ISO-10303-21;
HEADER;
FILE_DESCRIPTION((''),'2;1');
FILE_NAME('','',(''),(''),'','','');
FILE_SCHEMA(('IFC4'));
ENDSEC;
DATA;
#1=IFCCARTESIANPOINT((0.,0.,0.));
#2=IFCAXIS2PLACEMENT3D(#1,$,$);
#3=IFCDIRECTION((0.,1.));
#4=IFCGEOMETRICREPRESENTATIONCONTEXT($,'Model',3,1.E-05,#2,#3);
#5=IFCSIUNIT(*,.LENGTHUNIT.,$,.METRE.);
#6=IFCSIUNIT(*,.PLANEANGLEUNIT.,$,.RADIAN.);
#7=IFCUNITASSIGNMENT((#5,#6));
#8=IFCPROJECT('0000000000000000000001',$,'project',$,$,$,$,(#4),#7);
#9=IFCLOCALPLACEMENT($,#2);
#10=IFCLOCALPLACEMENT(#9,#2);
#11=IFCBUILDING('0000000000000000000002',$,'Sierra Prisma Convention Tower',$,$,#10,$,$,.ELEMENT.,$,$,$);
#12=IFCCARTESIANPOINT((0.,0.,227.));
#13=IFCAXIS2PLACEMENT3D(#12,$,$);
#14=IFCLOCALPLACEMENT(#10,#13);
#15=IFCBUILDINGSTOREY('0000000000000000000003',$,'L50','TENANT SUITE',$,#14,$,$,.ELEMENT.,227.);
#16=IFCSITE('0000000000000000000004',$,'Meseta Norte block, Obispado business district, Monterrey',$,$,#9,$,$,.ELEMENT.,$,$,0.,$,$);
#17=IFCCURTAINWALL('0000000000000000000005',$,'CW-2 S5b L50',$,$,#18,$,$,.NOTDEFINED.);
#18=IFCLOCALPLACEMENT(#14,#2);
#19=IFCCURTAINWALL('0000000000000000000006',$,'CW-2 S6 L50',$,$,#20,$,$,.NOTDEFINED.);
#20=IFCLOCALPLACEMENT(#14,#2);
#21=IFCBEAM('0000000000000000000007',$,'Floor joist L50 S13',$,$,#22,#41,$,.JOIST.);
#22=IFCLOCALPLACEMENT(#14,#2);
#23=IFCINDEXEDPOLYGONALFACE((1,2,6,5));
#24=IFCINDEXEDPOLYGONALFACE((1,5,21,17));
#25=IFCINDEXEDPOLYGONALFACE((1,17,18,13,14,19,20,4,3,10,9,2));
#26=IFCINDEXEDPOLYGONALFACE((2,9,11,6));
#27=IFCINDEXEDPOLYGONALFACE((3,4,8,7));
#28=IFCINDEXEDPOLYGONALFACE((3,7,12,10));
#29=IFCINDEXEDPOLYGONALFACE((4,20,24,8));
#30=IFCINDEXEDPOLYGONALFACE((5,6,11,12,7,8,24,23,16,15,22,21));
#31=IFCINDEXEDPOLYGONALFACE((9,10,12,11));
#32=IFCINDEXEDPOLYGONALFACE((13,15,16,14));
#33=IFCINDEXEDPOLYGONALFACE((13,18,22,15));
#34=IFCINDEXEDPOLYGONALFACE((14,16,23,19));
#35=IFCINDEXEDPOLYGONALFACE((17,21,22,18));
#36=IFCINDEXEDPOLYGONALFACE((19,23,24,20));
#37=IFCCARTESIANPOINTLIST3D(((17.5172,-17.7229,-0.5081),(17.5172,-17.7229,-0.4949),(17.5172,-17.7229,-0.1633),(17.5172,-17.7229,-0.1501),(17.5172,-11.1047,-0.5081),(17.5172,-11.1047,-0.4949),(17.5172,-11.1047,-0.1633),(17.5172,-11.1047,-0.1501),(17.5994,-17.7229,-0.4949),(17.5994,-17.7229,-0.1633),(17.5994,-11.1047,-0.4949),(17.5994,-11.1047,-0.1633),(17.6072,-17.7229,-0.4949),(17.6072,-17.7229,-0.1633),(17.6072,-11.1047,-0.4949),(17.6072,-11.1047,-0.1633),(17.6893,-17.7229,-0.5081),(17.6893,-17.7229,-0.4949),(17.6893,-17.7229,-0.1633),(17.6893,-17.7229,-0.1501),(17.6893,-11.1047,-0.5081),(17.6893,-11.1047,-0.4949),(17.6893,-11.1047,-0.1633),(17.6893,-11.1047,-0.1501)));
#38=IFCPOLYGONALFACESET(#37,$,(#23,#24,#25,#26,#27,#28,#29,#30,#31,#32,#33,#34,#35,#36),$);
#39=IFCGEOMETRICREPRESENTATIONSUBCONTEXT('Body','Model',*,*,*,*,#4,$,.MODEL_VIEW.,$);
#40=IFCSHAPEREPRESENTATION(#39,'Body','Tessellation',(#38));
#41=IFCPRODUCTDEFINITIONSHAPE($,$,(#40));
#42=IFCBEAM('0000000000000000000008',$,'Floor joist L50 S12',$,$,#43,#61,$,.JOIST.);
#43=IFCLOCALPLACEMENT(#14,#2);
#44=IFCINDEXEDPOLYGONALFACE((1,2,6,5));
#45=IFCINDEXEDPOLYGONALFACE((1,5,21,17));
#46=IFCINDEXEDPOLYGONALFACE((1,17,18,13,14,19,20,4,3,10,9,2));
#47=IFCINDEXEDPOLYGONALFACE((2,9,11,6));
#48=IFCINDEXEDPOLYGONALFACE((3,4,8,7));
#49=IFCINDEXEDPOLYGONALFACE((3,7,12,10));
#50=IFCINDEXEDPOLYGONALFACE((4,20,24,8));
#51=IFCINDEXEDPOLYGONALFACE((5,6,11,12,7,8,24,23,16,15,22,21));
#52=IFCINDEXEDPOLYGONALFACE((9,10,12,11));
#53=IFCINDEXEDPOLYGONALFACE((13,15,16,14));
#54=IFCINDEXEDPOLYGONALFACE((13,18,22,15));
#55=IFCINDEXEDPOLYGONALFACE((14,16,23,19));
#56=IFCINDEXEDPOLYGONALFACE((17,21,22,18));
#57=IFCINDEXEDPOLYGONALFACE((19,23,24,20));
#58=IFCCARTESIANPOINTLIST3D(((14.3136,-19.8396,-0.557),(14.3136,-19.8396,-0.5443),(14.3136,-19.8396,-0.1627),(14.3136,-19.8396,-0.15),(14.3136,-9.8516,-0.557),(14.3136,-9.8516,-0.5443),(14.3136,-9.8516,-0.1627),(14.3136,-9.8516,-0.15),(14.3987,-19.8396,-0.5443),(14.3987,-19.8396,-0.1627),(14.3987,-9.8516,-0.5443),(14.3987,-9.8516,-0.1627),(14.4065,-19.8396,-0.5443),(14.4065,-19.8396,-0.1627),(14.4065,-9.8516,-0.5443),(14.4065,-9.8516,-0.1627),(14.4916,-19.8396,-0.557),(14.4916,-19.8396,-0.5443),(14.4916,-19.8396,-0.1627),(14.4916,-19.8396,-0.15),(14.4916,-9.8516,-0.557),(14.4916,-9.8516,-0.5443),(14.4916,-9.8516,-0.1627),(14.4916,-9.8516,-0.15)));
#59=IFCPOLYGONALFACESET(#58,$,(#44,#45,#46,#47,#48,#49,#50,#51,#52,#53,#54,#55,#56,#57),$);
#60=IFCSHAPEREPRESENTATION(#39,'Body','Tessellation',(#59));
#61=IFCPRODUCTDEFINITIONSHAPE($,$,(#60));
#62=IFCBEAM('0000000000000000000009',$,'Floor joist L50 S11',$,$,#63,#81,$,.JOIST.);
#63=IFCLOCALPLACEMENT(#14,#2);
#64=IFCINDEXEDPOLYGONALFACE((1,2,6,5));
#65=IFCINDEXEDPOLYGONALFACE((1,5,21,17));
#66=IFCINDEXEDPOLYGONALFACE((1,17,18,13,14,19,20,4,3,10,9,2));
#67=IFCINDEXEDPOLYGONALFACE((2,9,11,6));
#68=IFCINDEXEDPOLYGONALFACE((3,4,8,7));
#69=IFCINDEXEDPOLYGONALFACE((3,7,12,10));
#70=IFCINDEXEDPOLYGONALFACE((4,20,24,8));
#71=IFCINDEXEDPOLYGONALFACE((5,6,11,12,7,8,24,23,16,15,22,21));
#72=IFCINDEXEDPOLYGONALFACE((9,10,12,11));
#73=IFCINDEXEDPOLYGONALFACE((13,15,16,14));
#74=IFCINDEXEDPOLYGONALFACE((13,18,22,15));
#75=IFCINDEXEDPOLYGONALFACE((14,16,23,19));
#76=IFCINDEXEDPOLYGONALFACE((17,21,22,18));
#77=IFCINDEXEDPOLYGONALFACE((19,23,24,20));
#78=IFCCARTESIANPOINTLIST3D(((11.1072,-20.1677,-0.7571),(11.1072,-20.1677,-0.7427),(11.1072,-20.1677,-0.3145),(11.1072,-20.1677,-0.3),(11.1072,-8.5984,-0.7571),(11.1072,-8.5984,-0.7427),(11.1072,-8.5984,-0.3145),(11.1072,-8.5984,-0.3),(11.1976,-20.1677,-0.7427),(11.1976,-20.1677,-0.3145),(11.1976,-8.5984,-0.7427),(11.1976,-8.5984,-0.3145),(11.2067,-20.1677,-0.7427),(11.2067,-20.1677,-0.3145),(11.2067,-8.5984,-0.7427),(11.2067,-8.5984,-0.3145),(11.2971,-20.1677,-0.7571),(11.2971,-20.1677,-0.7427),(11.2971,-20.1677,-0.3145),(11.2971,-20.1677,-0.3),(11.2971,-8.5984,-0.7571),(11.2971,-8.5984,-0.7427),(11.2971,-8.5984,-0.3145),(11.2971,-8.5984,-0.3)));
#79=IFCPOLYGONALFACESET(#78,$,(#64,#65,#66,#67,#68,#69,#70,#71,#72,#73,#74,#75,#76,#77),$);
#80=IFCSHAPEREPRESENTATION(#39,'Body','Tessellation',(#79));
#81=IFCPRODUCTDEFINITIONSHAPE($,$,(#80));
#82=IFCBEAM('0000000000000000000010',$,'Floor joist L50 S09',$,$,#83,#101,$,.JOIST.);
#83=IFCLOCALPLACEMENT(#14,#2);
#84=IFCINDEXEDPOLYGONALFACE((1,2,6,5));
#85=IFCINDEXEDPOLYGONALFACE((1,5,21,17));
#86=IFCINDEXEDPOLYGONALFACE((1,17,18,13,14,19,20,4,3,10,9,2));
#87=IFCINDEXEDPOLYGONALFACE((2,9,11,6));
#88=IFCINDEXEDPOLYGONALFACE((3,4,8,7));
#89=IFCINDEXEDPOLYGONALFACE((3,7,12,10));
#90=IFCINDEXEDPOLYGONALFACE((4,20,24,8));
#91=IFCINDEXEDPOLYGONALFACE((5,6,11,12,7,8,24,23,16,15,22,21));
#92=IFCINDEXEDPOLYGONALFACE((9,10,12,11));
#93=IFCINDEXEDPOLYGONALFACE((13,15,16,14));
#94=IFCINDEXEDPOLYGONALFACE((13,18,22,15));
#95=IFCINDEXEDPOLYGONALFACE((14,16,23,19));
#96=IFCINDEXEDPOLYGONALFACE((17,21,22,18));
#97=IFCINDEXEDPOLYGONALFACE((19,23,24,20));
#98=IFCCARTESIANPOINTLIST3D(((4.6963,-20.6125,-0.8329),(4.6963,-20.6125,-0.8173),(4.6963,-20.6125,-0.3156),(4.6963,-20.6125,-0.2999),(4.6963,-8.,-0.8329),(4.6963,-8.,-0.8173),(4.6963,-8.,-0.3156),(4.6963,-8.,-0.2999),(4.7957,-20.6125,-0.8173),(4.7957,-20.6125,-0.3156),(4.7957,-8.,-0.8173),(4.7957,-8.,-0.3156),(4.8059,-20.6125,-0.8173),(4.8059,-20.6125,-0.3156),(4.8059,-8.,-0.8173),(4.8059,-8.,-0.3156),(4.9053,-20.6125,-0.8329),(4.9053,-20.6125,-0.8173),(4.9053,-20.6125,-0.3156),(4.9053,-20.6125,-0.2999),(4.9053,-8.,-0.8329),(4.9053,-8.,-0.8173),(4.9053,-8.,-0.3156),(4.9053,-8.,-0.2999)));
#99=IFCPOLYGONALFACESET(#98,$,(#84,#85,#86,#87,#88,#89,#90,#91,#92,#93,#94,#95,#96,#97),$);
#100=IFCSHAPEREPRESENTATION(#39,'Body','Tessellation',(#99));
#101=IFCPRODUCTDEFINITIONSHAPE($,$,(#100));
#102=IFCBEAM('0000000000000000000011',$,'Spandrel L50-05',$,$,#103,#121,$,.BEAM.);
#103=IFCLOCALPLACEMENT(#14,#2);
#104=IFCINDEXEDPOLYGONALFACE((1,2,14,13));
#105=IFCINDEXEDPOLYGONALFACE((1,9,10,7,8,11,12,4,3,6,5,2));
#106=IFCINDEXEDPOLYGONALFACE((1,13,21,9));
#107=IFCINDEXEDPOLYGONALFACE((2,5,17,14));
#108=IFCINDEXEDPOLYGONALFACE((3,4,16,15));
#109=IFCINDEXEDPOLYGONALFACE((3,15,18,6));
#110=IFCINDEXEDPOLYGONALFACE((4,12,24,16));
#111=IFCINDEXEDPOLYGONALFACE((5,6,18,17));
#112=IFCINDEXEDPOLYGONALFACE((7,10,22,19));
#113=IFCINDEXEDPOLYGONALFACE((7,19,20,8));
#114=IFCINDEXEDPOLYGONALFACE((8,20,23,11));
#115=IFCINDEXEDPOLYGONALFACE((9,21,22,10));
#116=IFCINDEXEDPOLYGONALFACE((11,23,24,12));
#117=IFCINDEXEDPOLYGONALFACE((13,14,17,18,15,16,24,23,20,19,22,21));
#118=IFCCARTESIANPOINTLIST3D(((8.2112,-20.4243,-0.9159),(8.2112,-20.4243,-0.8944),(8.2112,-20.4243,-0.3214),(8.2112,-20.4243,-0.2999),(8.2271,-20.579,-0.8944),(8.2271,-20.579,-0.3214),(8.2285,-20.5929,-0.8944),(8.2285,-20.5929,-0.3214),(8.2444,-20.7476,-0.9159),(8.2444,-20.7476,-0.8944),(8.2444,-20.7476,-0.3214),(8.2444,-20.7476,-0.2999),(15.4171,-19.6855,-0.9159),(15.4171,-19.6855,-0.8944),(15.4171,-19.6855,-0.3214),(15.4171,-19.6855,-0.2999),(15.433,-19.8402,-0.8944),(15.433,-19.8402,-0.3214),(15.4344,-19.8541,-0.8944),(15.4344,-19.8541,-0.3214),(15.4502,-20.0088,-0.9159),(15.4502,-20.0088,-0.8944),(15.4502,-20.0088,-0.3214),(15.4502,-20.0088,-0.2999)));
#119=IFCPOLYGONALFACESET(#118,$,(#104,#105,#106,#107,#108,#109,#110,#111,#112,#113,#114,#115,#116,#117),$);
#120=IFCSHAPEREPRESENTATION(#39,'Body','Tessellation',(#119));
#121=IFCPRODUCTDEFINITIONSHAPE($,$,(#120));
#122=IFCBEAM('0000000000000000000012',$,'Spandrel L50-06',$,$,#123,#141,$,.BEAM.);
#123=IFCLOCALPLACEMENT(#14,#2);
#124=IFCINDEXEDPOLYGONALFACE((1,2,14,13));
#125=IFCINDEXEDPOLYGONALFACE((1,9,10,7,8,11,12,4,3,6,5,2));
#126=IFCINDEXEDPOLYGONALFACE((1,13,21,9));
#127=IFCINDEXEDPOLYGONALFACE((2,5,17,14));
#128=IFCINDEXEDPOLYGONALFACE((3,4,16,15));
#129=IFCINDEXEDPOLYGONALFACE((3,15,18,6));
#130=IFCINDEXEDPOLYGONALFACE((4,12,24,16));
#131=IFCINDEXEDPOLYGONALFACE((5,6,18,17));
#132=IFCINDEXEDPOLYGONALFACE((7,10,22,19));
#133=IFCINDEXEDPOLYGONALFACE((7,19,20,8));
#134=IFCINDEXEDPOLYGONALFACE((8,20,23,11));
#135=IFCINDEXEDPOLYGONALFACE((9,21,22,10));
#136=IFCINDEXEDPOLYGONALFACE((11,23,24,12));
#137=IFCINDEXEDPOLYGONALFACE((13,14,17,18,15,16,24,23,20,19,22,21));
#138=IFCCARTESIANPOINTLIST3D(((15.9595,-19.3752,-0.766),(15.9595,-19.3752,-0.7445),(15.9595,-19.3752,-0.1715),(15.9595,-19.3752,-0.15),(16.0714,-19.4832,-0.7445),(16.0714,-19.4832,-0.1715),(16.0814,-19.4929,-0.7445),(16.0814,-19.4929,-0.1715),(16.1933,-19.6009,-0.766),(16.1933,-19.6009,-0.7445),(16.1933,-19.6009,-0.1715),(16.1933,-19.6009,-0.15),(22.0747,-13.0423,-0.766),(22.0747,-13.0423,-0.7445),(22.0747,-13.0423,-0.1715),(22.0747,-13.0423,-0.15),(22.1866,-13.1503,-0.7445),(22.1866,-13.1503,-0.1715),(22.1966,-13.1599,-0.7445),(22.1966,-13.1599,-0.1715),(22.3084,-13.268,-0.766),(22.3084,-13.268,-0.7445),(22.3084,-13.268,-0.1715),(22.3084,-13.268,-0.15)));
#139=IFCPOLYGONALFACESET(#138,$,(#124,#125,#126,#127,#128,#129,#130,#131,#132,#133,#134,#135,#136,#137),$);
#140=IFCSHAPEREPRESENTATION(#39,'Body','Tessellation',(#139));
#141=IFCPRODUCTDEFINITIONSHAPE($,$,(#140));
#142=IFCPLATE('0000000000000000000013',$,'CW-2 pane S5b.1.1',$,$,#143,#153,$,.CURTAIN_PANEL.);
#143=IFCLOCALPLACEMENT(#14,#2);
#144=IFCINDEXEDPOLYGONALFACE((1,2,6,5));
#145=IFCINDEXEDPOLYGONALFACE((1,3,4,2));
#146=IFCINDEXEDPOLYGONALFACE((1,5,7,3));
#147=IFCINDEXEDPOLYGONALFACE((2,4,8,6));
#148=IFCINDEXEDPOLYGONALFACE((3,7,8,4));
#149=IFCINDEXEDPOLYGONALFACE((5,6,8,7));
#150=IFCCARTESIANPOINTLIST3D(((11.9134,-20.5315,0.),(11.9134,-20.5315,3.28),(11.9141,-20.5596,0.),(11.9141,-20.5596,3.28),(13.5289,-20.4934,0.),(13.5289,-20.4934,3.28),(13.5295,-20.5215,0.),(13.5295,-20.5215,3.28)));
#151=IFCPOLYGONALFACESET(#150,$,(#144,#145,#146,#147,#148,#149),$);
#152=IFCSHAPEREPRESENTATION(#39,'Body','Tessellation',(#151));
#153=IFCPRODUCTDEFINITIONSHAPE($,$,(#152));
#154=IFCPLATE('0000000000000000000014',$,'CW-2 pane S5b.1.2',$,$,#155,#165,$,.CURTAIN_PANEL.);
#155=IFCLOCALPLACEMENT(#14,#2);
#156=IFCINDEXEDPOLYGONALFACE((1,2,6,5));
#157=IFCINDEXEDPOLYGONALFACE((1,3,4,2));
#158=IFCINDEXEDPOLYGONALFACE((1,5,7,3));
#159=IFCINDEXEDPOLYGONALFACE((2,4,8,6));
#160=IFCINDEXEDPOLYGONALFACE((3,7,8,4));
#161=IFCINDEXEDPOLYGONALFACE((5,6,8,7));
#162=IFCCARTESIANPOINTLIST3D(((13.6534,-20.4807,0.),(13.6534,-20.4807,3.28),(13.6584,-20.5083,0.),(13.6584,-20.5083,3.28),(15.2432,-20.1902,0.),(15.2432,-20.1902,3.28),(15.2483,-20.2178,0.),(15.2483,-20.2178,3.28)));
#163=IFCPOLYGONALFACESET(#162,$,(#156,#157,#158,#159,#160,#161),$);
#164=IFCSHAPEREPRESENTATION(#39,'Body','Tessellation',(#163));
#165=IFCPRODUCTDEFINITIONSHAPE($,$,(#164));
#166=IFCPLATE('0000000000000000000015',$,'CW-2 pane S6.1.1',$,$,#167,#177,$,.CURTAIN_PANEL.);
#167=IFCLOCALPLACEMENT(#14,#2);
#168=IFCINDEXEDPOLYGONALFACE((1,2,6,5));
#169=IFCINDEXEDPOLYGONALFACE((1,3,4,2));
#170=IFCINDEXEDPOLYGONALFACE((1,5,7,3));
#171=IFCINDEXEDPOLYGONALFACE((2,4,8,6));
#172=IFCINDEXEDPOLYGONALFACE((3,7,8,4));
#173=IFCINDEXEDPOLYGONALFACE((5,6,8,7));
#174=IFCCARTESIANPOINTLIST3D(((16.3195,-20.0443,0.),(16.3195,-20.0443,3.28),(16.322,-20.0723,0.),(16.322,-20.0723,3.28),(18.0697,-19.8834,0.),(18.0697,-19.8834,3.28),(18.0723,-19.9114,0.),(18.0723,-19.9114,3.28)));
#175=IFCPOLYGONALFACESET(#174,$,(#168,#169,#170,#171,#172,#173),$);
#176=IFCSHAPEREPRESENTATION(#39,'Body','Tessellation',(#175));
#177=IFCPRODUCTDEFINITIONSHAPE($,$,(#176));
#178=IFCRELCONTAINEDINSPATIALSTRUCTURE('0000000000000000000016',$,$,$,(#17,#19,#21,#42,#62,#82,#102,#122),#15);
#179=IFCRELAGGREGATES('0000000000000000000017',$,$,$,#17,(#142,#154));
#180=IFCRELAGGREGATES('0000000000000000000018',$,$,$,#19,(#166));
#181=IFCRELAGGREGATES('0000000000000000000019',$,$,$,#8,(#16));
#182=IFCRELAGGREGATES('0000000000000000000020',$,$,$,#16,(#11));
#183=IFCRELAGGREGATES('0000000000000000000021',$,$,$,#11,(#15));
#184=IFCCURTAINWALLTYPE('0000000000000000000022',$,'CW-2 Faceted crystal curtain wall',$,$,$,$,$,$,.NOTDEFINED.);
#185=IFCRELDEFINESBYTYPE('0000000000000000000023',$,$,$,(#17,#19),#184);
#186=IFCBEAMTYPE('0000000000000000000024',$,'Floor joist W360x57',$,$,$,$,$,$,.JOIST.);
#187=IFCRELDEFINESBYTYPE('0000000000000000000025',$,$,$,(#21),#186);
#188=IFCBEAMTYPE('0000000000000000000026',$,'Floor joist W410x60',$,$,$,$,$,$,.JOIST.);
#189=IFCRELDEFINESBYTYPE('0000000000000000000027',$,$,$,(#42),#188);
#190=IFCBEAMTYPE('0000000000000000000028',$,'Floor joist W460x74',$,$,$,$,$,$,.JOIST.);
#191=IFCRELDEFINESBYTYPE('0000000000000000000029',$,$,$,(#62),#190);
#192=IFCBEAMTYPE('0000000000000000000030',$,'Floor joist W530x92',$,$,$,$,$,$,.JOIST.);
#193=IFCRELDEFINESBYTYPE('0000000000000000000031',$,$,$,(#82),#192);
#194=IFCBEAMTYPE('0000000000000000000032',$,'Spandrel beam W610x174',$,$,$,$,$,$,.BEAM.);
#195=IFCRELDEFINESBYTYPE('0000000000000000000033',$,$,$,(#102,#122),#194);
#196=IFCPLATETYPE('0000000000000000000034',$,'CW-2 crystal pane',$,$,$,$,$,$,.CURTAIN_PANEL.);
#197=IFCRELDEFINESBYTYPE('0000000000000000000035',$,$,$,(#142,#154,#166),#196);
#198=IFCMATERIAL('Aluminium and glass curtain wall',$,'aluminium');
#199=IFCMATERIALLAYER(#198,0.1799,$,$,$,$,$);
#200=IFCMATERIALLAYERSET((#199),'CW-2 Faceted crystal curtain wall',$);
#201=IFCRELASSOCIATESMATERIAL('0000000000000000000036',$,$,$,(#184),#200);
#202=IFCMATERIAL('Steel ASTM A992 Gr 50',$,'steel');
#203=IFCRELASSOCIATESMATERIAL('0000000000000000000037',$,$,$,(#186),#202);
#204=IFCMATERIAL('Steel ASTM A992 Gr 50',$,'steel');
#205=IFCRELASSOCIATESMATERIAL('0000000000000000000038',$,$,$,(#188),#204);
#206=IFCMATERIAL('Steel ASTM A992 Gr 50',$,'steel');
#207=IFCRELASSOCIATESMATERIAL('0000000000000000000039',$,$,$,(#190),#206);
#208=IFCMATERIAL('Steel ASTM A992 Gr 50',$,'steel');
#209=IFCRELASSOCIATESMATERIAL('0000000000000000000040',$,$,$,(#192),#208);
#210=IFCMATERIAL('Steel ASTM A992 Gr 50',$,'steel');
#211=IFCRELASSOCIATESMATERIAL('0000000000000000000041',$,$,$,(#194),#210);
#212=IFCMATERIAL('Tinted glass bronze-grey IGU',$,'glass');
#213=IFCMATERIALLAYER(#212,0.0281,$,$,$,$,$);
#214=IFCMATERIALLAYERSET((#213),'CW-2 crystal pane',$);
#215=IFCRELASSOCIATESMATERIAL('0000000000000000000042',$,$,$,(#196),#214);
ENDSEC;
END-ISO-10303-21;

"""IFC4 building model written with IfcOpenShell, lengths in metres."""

from ifc_helpers import new_model, si_unit, direction, frame, origin, origin_2d, place, context, subcontext, project, spatial, polyline, i_section, outline, extrude, material, layer, layer_set, material_profile, profile_set, type_object, element, aggregate, save


model = new_model("IFC4")

# Units and contexts
model_context = context("Model", 3, precision=1e-05, world=origin(), true_north=direction((0.0, 1.0)))
body_context = subcontext(model_context, "Body", "Model", "MODEL_VIEW")
ifc_project = project(units=[si_unit("LENGTHUNIT", "METRE"), si_unit("PLANEANGLEUNIT", "RADIAN")], contexts=[model_context])

# Site, building, storey
site_placement = place(None, origin())
site = spatial("IfcSite", under=ifc_project, at=site_placement, Name="Meseta Norte block, Obispado business district, Monterrey", CompositionType="ELEMENT", RefElevation=0.0)
building_placement = place(site_placement, origin())
building = spatial("IfcBuilding", under=site, at=building_placement, Name="Sierra Prisma Convention Tower", CompositionType="ELEMENT")
storey_placement = place(building_placement, frame((0.0, 0.0, 227.0)))
storey = spatial("IfcBuildingStorey", under=building, at=storey_placement, Name="L50", Description="TENANT SUITE", CompositionType="ELEMENT", Elevation=227.0)

# Curtain wall
ifc_material_1 = material(Name="Aluminium and glass curtain wall", Category="aluminium")
ifc_layer_1 = layer(ifc_material_1, 0.1799)
ifc_layer_set_1 = layer_set([ifc_layer_1], Name="CW-2 Faceted crystal curtain wall")
curtain_wall_type_1 = type_object("IfcCurtainWallType", Name="CW-2 Faceted crystal curtain wall", PredefinedType="NOTDEFINED", material=ifc_layer_set_1)
curtain_wall_1_placement = place(storey_placement, origin())
curtain_wall_1 = element("IfcCurtainWall", 1, at=curtain_wall_1_placement, inside=storey, type_object=curtain_wall_type_1, Name="CW-2 S5b L50", PredefinedType="NOTDEFINED")

# Curtain wall
curtain_wall_2_placement = place(storey_placement, origin())
curtain_wall_2 = element("IfcCurtainWall", 2, at=curtain_wall_2_placement, inside=storey, type_object=curtain_wall_type_1, Name="CW-2 S6 L50", PredefinedType="NOTDEFINED")

# Beams
ifc_material_2 = material(Name="Steel ASTM A992 Gr 50", Category="steel")
ifc_material_profile_1 = material_profile(ifc_material_2, i_section(OverallWidth=0.1721, OverallDepth=0.3579, WebThickness=0.0078, FlangeThickness=0.0132, at=origin_2d()), Name="W360x57")
ifc_profile_set_1 = profile_set([ifc_material_profile_1], Name="Steel ASTM A992 Gr 50")
beam_type_1 = type_object("IfcBeamType", Name="Floor joist W360x57", PredefinedType="JOIST", material=ifc_profile_set_1)
beam_1_placement = place(storey_placement, frame((17.6033, -17.7229, -0.3291), z_axis=(0.0, 1.0, 0.0), x_axis=(-1.0, 0.0, 0.0)))
element("IfcBeam", 3, at=beam_1_placement, inside=storey, type_object=beam_type_1, Name="Floor joist L50 S13", PredefinedType="JOIST", context=body_context, shape_type="SweptSolid", body=[
    extrude(i_section(OverallWidth=0.1721, OverallDepth=0.3579, WebThickness=0.0078, FlangeThickness=0.0132, at=origin_2d()), origin(), (0.0, 0.0, 1.0), 6.6182),
])
ifc_material_3 = material(Name="Steel ASTM A992 Gr 50", Category="steel")
ifc_material_profile_2 = material_profile(ifc_material_3, i_section(OverallWidth=0.178, OverallDepth=0.407, WebThickness=0.0078, FlangeThickness=0.0127, at=origin_2d()), Name="W410x60")
ifc_profile_set_2 = profile_set([ifc_material_profile_2], Name="Steel ASTM A992 Gr 50")
beam_type_2 = type_object("IfcBeamType", Name="Floor joist W410x60", PredefinedType="JOIST", material=ifc_profile_set_2)
beam_2_placement = place(storey_placement, frame((14.4026, -19.8396, -0.3535), z_axis=(0.0, 1.0, 0.0), x_axis=(-1.0, 0.0, 0.0)))
element("IfcBeam", 4, at=beam_2_placement, inside=storey, type_object=beam_type_2, Name="Floor joist L50 S12", PredefinedType="JOIST", context=body_context, shape_type="SweptSolid", body=[
    extrude(i_section(OverallWidth=0.178, OverallDepth=0.407, WebThickness=0.0078, FlangeThickness=0.0127, at=origin_2d()), origin(), (0.0, 0.0, 1.0), 9.988),
])
ifc_material_4 = material(Name="Steel ASTM A992 Gr 50", Category="steel")
ifc_material_profile_3 = material_profile(ifc_material_4, i_section(OverallWidth=0.1899, OverallDepth=0.457, WebThickness=0.009, FlangeThickness=0.0144, at=origin_2d()), Name="W460x74")
ifc_profile_set_3 = profile_set([ifc_material_profile_3], Name="Steel ASTM A992 Gr 50")
beam_type_3 = type_object("IfcBeamType", Name="Floor joist W460x74", PredefinedType="JOIST", material=ifc_profile_set_3)
beam_3_placement = place(storey_placement, frame((11.2021, -20.1677, -0.5286), z_axis=(0.0, 1.0, 0.0), x_axis=(-1.0, 0.0, 0.0)))
element("IfcBeam", 5, at=beam_3_placement, inside=storey, type_object=beam_type_3, Name="Floor joist L50 S11", PredefinedType="JOIST", context=body_context, shape_type="SweptSolid", body=[
    extrude(i_section(OverallWidth=0.1899, OverallDepth=0.457, WebThickness=0.009, FlangeThickness=0.0144, at=origin_2d()), origin(), (0.0, 0.0, 1.0), 11.5693),
])
ifc_material_5 = material(Name="Steel ASTM A992 Gr 50", Category="steel")
ifc_material_profile_4 = material_profile(ifc_material_5, i_section(OverallWidth=0.209, OverallDepth=0.533, WebThickness=0.0103, FlangeThickness=0.0156, at=origin_2d()), Name="W530x92")
ifc_profile_set_4 = profile_set([ifc_material_profile_4], Name="Steel ASTM A992 Gr 50")
beam_type_4 = type_object("IfcBeamType", Name="Floor joist W530x92", PredefinedType="JOIST", material=ifc_profile_set_4)
beam_4_placement = place(storey_placement, frame((4.8008, -20.6125, -0.5664), z_axis=(0.0, 1.0, 0.0), x_axis=(-1.0, 0.0, 0.0)))
element("IfcBeam", 6, at=beam_4_placement, inside=storey, type_object=beam_type_4, Name="Floor joist L50 S09", PredefinedType="JOIST", context=body_context, shape_type="SweptSolid", body=[
    extrude(i_section(OverallWidth=0.209, OverallDepth=0.533, WebThickness=0.0103, FlangeThickness=0.0156, at=origin_2d()), origin(), (0.0, 0.0, 1.0), 12.6125),
])
ifc_material_6 = material(Name="Steel ASTM A992 Gr 50", Category="steel")
ifc_material_profile_5 = material_profile(ifc_material_6, i_section(OverallWidth=0.325, OverallDepth=0.616, WebThickness=0.0139, FlangeThickness=0.0215, at=origin_2d()), Name="W610x174")
ifc_profile_set_5 = profile_set([ifc_material_profile_5], Name="Steel ASTM A992 Gr 50")
beam_type_5 = type_object("IfcBeamType", Name="Spandrel beam W610x174", PredefinedType="BEAM", material=ifc_profile_set_5)
beam_5_placement = place(storey_placement, frame((8.2278, -20.5859, -0.6079), z_axis=(0.994785, 0.10199, 0.0), x_axis=(-0.10199, 0.994785, 0.0)))
element("IfcBeam", 7, at=beam_5_placement, inside=storey, type_object=beam_type_5, Name="Spandrel L50-05", PredefinedType="BEAM", context=body_context, shape_type="SweptSolid", body=[
    extrude(i_section(OverallWidth=0.325, OverallDepth=0.616, WebThickness=0.0139, FlangeThickness=0.0215, at=origin_2d()), origin(), (0.0, 0.0, 1.0), 7.2437),
])
beam_6_placement = place(storey_placement, frame((16.0764, -19.488, -0.458), z_axis=(0.69463, 0.719367, 0.0), x_axis=(-0.719367, 0.69463, 0.0)))
element("IfcBeam", 8, at=beam_6_placement, inside=storey, type_object=beam_type_5, Name="Spandrel L50-06", PredefinedType="BEAM", context=body_context, shape_type="SweptSolid", body=[
    extrude(i_section(OverallWidth=0.325, OverallDepth=0.616, WebThickness=0.0139, FlangeThickness=0.0215, at=origin_2d()), origin(), (0.0, 0.0, 1.0), 8.8035),
])

# Plates
ifc_material_7 = material(Name="Tinted glass bronze-grey IGU", Category="glass")
ifc_layer_2 = layer(ifc_material_7, 0.0281)
ifc_layer_set_2 = layer_set([ifc_layer_2], Name="CW-2 crystal pane")
plate_type_1 = type_object("IfcPlateType", Name="CW-2 crystal pane", PredefinedType="CURTAIN_PANEL", material=ifc_layer_set_2)
plate_1_placement = place(storey_placement, frame((11.9141, -20.5596, 0.0), z_axis=(0.023569, -0.999722, 0.0), x_axis=(0.999722, 0.023569, 0.0)))
plate_1 = element("IfcPlate", 9, at=plate_1_placement, type_object=plate_type_1, Name="CW-2 pane S5b.1.1", PredefinedType="CURTAIN_PANEL", context=body_context, shape_type="SweptSolid", body=[
    extrude(outline(polyline([(0.0, 0.0), (1.6159, 0.0), (1.6159, 3.28), (0.0, 3.28), (0.0, 0.0)])), origin(), (0.0, 0.0, -1.0), 0.0281),
])
plate_2_placement = place(storey_placement, frame((15.2483, -20.2178, 0.0), z_axis=(0.179763, -0.98371, 0.0), x_axis=(-0.98371, -0.179763, 0.0)))
plate_2 = element("IfcPlate", 10, at=plate_2_placement, type_object=plate_type_1, Name="CW-2 pane S5b.1.2", PredefinedType="CURTAIN_PANEL", context=body_context, shape_type="SweptSolid", body=[
    extrude(outline(polyline([(0.0, 0.0), (1.6162, 0.0), (1.6162, -3.28), (0.0, -3.28), (0.0, 0.0)])), origin(), (0.0, 0.0, -1.0), 0.0281),
])
aggregate(curtain_wall_1, [plate_1, plate_2])
plate_3_placement = place(storey_placement, frame((16.322, -20.0723, 0.0), z_axis=(0.091538, -0.995802, 0.0), x_axis=(0.995802, 0.091538, 0.0)))
plate_3 = element("IfcPlate", 11, at=plate_3_placement, type_object=plate_type_1, Name="CW-2 pane S6.1.1", PredefinedType="CURTAIN_PANEL", context=body_context, shape_type="SweptSolid", body=[
    extrude(outline(polyline([(0.0, 0.0), (1.7576, 0.0), (1.7576, 3.28), (0.0, 3.28), (0.0, 0.0)])), origin(), (0.0, 0.0, -1.0), 0.0281),
])
aggregate(curtain_wall_2, [plate_3])

save(model, "model.ifc")
